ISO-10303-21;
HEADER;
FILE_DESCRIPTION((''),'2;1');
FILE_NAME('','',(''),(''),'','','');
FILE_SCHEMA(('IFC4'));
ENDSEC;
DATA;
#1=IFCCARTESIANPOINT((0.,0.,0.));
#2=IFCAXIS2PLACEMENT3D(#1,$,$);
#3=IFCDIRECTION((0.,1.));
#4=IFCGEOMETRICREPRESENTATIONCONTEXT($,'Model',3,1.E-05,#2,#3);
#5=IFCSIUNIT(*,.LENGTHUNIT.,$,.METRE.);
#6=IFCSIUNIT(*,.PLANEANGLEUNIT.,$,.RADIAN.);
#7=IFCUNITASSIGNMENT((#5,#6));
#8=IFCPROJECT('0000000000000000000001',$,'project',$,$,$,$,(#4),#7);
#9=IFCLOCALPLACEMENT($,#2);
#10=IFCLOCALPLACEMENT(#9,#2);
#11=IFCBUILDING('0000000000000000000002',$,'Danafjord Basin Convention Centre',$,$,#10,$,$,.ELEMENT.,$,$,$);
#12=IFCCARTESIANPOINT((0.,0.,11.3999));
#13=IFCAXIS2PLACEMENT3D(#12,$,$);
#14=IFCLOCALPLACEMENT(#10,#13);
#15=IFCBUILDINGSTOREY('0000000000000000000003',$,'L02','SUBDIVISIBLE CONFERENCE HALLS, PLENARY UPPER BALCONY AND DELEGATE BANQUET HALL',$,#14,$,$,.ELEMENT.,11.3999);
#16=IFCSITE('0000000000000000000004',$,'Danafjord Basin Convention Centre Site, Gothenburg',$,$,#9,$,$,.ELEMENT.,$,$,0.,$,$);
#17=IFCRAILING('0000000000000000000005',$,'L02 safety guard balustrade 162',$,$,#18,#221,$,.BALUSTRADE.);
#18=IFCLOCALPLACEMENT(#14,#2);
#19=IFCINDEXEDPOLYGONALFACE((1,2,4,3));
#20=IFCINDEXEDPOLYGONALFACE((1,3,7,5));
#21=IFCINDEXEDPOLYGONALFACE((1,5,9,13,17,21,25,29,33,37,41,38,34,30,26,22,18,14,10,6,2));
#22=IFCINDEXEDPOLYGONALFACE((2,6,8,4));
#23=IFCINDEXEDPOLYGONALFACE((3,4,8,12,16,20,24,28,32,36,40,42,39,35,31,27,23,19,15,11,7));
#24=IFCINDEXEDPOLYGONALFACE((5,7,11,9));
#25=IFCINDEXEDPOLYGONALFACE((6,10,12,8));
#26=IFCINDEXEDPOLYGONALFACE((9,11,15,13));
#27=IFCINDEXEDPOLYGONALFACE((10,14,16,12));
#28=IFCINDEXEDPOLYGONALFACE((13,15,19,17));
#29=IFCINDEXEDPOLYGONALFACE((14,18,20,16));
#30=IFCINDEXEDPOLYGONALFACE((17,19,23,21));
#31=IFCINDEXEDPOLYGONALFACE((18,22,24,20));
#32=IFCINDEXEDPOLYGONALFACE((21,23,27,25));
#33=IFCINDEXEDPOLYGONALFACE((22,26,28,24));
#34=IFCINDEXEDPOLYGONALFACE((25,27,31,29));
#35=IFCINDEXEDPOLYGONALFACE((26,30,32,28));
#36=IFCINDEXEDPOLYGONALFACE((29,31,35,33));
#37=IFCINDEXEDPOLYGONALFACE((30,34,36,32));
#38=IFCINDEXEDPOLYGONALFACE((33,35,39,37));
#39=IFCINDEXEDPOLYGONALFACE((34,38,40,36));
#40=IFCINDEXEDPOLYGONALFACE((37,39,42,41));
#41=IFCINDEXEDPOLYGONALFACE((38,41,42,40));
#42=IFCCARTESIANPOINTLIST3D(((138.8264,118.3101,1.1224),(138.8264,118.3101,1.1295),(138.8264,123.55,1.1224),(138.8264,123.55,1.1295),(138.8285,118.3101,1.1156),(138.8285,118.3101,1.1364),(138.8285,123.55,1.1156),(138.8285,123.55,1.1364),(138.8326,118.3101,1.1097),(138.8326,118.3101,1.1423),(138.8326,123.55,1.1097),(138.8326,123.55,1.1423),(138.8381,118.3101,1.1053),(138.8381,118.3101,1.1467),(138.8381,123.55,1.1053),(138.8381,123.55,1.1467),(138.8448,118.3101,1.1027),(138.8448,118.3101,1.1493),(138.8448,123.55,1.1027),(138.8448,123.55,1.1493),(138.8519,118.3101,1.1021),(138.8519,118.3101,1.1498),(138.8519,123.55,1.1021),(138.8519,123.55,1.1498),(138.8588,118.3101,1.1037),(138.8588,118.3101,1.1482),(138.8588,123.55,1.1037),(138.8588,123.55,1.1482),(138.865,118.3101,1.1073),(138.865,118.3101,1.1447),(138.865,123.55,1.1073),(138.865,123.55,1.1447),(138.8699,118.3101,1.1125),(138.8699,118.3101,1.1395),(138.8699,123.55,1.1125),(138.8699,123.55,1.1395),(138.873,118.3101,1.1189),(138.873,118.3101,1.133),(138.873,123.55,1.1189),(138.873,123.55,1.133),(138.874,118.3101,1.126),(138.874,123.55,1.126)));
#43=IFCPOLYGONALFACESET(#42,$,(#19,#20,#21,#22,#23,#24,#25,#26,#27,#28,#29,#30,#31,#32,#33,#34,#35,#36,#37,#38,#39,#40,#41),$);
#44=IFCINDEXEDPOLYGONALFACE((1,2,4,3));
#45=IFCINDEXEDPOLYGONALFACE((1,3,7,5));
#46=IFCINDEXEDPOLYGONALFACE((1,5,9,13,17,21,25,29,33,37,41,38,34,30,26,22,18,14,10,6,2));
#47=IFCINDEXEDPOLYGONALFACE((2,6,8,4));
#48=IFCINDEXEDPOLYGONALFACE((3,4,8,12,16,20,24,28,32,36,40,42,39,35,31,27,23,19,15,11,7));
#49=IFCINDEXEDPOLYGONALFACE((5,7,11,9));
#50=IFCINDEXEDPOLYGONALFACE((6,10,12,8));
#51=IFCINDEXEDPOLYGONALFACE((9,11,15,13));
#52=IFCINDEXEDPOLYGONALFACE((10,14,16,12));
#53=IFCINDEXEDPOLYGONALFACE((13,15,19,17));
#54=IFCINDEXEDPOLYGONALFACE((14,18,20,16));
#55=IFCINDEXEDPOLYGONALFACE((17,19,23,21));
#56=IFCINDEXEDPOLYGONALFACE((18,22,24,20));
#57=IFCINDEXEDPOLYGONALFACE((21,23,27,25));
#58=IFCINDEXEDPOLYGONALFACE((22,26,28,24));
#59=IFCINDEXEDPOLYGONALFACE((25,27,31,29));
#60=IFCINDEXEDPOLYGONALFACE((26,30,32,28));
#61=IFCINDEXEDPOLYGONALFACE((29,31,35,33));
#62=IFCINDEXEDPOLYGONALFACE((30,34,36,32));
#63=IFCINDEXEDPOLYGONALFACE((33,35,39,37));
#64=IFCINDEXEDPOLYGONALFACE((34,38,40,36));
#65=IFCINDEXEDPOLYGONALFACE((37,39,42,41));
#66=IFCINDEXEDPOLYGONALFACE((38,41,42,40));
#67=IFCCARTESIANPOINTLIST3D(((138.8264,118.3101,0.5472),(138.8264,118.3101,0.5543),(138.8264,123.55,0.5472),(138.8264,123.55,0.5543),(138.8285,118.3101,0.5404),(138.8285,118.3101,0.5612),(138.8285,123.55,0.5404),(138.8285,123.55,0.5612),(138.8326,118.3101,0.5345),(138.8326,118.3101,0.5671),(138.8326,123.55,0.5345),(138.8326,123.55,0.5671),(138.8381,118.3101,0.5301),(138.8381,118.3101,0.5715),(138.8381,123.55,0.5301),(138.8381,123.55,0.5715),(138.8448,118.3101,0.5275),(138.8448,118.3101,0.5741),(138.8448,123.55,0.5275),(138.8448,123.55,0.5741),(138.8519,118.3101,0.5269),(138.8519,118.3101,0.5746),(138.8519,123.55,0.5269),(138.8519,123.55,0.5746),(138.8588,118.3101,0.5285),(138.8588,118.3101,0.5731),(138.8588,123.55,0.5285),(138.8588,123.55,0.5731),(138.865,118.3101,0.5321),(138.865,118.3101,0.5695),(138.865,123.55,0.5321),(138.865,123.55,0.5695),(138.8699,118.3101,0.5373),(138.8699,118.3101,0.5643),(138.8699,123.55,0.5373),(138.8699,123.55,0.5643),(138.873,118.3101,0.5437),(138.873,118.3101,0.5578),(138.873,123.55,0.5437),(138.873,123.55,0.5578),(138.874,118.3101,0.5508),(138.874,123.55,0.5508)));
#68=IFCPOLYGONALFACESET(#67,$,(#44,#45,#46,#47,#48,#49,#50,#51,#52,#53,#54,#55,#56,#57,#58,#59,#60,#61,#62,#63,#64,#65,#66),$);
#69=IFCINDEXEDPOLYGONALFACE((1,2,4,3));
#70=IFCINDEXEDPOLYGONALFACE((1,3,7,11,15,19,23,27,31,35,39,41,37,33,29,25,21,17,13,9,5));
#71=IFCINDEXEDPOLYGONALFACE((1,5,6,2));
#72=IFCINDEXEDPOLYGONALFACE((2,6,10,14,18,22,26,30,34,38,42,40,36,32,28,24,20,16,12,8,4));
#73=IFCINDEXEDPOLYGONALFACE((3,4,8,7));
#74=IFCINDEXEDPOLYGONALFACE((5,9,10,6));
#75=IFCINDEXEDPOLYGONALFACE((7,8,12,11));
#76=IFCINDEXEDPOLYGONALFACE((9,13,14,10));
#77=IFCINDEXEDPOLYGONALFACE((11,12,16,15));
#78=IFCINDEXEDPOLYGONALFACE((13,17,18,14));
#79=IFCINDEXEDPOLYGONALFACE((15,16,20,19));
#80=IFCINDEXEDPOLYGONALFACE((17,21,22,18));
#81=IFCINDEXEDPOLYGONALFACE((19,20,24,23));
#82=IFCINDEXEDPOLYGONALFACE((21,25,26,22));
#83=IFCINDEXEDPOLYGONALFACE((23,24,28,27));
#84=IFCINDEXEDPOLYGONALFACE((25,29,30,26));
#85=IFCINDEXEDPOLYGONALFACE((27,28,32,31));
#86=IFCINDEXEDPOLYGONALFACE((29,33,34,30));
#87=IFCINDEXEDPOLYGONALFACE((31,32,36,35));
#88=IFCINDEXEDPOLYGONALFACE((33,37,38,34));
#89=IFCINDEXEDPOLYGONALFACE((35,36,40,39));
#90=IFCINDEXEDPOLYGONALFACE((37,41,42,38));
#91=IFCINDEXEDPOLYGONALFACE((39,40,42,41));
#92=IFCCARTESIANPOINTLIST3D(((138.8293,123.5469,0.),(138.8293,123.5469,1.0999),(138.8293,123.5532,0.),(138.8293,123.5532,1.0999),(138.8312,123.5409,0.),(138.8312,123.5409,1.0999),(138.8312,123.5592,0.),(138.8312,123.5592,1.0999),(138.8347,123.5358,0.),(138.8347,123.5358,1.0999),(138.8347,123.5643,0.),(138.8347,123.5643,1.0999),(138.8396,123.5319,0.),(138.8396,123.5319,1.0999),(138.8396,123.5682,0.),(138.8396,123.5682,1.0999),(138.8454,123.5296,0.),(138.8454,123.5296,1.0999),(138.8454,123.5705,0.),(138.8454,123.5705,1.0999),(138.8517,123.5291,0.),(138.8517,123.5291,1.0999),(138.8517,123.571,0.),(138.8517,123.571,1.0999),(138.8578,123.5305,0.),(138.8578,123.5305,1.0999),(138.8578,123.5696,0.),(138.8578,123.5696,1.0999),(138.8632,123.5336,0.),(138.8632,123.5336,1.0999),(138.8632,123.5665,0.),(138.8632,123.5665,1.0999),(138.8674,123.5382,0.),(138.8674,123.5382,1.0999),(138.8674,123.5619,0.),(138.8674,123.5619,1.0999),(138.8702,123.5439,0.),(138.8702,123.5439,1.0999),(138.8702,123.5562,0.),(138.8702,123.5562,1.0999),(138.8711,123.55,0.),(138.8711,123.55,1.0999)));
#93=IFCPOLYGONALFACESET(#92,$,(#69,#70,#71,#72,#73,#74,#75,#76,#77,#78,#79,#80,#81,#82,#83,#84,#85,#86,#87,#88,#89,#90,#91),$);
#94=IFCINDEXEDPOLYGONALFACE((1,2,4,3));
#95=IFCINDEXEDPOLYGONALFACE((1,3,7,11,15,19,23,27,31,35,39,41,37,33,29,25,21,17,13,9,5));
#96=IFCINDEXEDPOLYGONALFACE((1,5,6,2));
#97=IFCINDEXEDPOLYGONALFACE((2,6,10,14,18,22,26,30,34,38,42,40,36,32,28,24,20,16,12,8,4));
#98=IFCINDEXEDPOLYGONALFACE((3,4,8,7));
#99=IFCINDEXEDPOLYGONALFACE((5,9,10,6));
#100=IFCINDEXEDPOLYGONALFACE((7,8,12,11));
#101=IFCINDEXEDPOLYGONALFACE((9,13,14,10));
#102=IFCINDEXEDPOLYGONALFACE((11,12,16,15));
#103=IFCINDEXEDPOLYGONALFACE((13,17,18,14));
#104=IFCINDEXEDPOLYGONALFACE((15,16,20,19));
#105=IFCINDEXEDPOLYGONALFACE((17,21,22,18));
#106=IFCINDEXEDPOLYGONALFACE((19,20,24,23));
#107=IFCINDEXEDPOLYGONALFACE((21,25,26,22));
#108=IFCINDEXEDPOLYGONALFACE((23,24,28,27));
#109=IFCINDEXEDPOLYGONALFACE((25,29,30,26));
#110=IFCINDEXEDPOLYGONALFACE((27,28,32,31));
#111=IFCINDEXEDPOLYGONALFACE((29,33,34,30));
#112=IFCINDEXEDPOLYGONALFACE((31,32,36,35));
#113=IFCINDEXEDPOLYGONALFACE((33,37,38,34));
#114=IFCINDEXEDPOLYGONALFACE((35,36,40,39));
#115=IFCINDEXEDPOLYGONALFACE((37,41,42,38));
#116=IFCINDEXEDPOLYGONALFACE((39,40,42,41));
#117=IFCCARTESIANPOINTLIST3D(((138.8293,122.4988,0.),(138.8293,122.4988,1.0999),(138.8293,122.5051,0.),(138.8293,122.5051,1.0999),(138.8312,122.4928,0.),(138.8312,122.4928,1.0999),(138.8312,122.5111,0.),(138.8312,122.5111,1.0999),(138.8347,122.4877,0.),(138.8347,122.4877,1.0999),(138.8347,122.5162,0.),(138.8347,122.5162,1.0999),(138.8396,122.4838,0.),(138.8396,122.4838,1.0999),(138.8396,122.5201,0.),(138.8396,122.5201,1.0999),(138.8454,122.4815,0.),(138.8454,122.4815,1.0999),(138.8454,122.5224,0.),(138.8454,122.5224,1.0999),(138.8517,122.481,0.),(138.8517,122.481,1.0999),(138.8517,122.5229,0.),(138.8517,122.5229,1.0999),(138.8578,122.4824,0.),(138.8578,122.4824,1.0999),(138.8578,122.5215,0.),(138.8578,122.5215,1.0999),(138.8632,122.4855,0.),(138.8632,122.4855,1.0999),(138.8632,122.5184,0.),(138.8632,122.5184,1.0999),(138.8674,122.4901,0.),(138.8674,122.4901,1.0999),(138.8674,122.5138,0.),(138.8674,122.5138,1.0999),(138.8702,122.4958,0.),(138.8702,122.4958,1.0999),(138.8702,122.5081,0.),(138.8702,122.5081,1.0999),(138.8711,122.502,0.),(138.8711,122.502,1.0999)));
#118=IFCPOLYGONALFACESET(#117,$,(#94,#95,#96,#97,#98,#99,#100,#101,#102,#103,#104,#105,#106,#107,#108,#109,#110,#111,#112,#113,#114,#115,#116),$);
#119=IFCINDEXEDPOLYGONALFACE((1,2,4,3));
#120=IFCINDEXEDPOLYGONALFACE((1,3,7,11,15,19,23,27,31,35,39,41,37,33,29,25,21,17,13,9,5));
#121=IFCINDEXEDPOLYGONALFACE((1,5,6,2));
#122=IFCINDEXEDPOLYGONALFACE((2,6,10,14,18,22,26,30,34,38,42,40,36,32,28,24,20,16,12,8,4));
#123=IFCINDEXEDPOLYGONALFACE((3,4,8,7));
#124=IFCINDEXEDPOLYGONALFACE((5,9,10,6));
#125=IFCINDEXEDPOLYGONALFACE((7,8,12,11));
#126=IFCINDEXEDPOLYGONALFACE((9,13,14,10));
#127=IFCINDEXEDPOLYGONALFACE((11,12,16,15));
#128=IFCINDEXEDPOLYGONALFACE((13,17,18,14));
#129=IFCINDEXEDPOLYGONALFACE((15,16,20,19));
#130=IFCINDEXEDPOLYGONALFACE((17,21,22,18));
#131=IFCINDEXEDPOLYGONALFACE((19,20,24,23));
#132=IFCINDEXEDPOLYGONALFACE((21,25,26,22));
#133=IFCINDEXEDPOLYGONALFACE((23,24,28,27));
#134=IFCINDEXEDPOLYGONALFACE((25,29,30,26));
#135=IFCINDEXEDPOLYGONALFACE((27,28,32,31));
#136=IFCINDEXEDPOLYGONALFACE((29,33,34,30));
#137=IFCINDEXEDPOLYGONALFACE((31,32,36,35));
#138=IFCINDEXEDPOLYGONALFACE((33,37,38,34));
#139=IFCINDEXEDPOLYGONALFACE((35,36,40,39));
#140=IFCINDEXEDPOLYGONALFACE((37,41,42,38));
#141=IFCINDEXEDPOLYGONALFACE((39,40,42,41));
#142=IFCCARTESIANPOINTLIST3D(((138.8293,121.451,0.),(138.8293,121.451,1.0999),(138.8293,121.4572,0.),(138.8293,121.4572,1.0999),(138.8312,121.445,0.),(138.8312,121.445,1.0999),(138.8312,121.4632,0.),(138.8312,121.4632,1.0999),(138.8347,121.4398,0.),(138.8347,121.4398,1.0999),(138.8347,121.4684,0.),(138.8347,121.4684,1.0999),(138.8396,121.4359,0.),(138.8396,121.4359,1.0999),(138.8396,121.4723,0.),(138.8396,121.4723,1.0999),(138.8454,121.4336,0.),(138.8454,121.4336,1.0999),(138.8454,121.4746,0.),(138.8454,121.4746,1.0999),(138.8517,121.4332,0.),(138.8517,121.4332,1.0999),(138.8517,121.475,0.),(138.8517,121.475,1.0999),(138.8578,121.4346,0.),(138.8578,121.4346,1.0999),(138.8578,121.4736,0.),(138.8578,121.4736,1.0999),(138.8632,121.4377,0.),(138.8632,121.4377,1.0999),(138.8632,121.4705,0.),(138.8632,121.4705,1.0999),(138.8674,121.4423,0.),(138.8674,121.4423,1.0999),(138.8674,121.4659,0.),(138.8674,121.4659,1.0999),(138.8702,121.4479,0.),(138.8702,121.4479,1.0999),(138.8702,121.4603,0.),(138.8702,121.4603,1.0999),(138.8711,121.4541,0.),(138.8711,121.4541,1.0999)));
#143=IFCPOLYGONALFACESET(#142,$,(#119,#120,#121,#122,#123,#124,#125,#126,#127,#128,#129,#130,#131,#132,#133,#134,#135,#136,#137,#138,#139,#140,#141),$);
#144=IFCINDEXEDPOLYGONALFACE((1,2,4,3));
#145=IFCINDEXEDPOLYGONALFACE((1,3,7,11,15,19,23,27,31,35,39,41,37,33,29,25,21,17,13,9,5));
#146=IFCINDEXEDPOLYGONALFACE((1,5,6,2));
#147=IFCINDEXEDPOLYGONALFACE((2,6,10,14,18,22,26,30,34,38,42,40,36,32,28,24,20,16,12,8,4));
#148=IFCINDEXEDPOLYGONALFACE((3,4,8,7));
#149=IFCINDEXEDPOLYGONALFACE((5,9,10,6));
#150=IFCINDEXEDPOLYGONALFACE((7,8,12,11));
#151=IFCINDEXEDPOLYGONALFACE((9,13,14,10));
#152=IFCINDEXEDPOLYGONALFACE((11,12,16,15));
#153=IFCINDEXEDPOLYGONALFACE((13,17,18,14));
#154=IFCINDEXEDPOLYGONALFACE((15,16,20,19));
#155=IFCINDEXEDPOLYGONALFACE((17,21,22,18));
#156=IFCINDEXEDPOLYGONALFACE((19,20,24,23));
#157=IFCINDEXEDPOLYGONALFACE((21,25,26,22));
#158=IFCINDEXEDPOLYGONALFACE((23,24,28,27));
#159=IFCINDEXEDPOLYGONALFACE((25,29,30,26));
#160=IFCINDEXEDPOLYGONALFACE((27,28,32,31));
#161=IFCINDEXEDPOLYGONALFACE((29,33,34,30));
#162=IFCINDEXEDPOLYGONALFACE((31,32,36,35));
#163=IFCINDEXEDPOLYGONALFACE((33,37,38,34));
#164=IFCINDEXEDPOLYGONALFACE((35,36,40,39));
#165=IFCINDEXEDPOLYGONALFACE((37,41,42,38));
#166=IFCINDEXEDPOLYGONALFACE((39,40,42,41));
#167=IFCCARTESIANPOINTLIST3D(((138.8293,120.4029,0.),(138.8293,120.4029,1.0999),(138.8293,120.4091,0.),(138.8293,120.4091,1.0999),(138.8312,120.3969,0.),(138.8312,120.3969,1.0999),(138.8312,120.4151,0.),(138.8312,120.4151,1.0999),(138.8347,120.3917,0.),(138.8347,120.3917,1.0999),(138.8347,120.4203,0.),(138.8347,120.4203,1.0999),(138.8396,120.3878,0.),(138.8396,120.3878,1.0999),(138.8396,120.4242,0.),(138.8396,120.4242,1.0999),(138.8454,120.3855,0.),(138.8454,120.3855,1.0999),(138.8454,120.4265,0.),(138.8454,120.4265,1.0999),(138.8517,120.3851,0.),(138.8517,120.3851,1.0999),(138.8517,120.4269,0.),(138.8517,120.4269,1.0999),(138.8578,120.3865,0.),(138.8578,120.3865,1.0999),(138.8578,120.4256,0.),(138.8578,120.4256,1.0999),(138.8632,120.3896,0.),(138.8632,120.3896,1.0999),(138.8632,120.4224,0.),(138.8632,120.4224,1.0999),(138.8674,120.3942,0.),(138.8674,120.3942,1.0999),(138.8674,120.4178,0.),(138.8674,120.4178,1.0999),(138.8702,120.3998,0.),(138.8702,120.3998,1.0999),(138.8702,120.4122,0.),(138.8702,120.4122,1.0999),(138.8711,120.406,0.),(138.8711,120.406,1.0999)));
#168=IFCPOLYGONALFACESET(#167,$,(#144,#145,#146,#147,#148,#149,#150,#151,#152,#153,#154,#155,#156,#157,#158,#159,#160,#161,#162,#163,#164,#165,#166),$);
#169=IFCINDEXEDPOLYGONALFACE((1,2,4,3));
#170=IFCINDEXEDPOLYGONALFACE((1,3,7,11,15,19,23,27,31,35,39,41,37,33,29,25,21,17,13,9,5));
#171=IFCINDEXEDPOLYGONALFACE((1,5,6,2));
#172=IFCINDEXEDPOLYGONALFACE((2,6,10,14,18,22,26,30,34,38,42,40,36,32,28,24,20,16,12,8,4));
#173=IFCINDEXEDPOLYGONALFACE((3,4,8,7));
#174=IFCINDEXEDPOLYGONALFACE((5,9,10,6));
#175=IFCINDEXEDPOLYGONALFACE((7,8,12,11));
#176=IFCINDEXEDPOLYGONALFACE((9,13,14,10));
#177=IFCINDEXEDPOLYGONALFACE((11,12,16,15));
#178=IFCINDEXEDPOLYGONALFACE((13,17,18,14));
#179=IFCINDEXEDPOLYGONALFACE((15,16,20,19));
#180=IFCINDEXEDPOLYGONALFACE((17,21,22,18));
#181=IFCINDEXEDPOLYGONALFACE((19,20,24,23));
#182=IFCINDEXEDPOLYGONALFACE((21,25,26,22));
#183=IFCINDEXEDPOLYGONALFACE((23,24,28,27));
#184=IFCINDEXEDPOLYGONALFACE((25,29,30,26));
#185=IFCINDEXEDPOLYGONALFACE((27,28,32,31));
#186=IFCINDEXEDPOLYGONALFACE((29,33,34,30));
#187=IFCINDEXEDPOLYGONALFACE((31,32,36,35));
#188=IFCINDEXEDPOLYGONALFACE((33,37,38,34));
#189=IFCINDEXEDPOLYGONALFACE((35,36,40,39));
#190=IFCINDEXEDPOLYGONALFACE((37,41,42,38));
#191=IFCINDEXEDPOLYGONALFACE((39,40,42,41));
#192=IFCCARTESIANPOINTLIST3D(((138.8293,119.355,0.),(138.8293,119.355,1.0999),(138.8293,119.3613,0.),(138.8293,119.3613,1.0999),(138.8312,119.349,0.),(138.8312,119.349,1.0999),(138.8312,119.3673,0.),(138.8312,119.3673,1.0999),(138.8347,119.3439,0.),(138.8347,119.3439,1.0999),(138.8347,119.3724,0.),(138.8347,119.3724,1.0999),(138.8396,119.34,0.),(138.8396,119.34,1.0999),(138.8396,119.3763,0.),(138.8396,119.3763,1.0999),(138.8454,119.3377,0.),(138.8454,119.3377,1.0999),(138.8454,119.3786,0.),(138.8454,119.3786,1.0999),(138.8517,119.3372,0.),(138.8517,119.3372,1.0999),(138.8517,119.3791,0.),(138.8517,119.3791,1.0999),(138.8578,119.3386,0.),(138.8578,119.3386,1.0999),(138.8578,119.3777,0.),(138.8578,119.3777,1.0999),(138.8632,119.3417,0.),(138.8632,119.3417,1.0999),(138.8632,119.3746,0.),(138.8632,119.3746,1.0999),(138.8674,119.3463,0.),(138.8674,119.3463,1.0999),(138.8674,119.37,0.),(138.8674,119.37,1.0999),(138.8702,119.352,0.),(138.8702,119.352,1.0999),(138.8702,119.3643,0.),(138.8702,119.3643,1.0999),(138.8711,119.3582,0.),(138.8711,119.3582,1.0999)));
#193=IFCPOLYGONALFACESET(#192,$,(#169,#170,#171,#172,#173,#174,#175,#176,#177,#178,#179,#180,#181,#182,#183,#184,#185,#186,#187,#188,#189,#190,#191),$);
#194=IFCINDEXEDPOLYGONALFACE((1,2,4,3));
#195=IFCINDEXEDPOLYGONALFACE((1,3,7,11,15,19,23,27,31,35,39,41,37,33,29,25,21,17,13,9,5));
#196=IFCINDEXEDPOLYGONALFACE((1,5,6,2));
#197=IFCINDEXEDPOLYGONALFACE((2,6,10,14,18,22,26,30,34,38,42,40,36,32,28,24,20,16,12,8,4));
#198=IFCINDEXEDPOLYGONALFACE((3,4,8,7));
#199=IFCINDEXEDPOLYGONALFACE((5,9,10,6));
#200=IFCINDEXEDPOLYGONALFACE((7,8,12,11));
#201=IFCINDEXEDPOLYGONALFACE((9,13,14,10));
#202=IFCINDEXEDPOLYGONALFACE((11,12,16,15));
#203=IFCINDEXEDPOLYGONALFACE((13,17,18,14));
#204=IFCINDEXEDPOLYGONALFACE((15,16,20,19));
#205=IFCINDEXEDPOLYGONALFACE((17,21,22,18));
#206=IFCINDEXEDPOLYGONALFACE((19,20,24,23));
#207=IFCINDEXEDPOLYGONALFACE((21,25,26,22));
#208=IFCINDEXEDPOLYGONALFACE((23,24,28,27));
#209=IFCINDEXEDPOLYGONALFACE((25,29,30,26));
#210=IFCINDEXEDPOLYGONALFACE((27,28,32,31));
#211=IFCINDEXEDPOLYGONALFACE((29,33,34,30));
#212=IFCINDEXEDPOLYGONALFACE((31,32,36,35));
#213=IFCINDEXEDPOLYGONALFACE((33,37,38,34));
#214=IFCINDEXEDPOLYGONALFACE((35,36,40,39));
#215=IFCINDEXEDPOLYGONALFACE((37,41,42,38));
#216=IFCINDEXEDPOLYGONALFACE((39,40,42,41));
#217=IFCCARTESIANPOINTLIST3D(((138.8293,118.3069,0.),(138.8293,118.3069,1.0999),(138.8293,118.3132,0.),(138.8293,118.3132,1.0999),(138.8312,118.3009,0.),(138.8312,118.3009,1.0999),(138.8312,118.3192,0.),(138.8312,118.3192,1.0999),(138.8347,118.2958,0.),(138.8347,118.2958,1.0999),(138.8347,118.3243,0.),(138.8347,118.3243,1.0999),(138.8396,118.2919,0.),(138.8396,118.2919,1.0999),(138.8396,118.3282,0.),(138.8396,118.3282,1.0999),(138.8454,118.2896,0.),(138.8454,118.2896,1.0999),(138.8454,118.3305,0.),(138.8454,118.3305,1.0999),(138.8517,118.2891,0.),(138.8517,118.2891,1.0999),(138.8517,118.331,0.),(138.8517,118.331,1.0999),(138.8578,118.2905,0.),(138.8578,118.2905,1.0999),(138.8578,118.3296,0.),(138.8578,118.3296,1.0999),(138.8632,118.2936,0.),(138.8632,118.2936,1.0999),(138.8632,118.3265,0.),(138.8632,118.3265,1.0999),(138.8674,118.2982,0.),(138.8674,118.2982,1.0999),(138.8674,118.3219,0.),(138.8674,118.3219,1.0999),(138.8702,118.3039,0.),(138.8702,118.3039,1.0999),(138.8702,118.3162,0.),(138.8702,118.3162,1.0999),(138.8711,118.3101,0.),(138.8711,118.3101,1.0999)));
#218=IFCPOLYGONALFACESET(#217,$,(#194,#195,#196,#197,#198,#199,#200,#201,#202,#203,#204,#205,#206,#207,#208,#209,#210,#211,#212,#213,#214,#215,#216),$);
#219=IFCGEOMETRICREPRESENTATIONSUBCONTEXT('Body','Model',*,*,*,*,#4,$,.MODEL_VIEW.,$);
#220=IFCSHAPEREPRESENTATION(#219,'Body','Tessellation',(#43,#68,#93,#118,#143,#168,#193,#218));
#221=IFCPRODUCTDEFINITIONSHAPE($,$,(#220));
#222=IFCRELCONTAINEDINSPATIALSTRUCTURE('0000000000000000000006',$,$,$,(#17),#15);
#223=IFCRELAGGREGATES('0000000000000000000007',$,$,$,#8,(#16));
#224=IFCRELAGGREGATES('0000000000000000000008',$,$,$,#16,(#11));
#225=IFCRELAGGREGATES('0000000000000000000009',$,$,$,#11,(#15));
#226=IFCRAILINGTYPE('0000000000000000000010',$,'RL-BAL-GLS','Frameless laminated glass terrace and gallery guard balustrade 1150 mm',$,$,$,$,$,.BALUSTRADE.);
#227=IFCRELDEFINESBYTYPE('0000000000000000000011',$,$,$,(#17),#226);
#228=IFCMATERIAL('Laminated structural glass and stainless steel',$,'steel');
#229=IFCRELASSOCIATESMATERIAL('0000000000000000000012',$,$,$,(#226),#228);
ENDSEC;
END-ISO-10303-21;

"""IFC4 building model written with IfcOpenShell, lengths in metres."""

from ifc_helpers import new_model, si_unit, direction, frame, origin, origin_2d, place, context, subcontext, project, spatial, circle, extrude, material, type_object, element, save


model = new_model("IFC4")

# Units and contexts
model_context = context("Model", 3, precision=1e-05, world=origin(), true_north=direction((0.0, 1.0)))
body_context = subcontext(model_context, "Body", "Model", "MODEL_VIEW")
ifc_project = project(units=[si_unit("LENGTHUNIT", "METRE"), si_unit("PLANEANGLEUNIT", "RADIAN")], contexts=[model_context])

# Site, building, storey
site_placement = place(None, origin())
site = spatial("IfcSite", under=ifc_project, at=site_placement, Name="Danafjord Basin Convention Centre Site, Gothenburg", CompositionType="ELEMENT", RefElevation=0.0)
building_placement = place(site_placement, origin())
building = spatial("IfcBuilding", under=site, at=building_placement, Name="Danafjord Basin Convention Centre", CompositionType="ELEMENT")
storey_placement = place(building_placement, frame((0.0, 0.0, 11.3999)))
storey = spatial("IfcBuildingStorey", under=building, at=storey_placement, Name="L02", Description="SUBDIVISIBLE CONFERENCE HALLS, PLENARY UPPER BALCONY AND DELEGATE BANQUET HALL", CompositionType="ELEMENT", Elevation=11.3999)

# Railing
ifc_material_1 = material(Name="Laminated structural glass and stainless steel", Category="steel")
railing_type_1 = type_object("IfcRailingType", Name="RL-BAL-GLS", Description="Frameless laminated glass terrace and gallery guard balustrade 1150 mm", PredefinedType="BALUSTRADE", material=ifc_material_1)
railing_1_placement = place(storey_placement, frame((138.8501, 123.55, 0.0)))
element("IfcRailing", 1, at=railing_1_placement, inside=storey, type_object=railing_type_1, Name="L02 safety guard balustrade 162", PredefinedType="BALUSTRADE", context=body_context, shape_type="SweptSolid", body=[
    extrude(circle(Radius=0.0239, at=origin_2d()), frame((0.0, 0.0, 1.126), z_axis=(0.0, -1.0, 0.0), x_axis=(1.0, 0.0, 0.0)), (0.0, 0.0, 1.0), 5.24),
    extrude(circle(Radius=0.0239, at=origin_2d()), frame((0.0, 0.0, 0.5508), z_axis=(0.0, -1.0, 0.0), x_axis=(1.0, 0.0, 0.0)), (0.0, 0.0, 1.0), 5.24),
    extrude(circle(Radius=0.021, at=origin_2d()), origin(), (0.0, 0.0, 1.0), 1.0999),
    extrude(circle(Radius=0.021, at=origin_2d()), frame((0.0, -1.0481, 0.0)), (0.0, 0.0, 1.0), 1.0999),
    extrude(circle(Radius=0.021, at=origin_2d()), frame((0.0, -2.0959, 0.0)), (0.0, 0.0, 1.0), 1.0999),
    extrude(circle(Radius=0.021, at=origin_2d()), frame((0.0, -3.144, 0.0)), (0.0, 0.0, 1.0), 1.0999),
    extrude(circle(Radius=0.021, at=origin_2d()), frame((0.0, -4.1919, 0.0)), (0.0, 0.0, 1.0), 1.0999),
    extrude(circle(Radius=0.021, at=origin_2d()), frame((0.0, -5.24, 0.0)), (0.0, 0.0, 1.0), 1.0999),
])

save(model, "model.ifc")
